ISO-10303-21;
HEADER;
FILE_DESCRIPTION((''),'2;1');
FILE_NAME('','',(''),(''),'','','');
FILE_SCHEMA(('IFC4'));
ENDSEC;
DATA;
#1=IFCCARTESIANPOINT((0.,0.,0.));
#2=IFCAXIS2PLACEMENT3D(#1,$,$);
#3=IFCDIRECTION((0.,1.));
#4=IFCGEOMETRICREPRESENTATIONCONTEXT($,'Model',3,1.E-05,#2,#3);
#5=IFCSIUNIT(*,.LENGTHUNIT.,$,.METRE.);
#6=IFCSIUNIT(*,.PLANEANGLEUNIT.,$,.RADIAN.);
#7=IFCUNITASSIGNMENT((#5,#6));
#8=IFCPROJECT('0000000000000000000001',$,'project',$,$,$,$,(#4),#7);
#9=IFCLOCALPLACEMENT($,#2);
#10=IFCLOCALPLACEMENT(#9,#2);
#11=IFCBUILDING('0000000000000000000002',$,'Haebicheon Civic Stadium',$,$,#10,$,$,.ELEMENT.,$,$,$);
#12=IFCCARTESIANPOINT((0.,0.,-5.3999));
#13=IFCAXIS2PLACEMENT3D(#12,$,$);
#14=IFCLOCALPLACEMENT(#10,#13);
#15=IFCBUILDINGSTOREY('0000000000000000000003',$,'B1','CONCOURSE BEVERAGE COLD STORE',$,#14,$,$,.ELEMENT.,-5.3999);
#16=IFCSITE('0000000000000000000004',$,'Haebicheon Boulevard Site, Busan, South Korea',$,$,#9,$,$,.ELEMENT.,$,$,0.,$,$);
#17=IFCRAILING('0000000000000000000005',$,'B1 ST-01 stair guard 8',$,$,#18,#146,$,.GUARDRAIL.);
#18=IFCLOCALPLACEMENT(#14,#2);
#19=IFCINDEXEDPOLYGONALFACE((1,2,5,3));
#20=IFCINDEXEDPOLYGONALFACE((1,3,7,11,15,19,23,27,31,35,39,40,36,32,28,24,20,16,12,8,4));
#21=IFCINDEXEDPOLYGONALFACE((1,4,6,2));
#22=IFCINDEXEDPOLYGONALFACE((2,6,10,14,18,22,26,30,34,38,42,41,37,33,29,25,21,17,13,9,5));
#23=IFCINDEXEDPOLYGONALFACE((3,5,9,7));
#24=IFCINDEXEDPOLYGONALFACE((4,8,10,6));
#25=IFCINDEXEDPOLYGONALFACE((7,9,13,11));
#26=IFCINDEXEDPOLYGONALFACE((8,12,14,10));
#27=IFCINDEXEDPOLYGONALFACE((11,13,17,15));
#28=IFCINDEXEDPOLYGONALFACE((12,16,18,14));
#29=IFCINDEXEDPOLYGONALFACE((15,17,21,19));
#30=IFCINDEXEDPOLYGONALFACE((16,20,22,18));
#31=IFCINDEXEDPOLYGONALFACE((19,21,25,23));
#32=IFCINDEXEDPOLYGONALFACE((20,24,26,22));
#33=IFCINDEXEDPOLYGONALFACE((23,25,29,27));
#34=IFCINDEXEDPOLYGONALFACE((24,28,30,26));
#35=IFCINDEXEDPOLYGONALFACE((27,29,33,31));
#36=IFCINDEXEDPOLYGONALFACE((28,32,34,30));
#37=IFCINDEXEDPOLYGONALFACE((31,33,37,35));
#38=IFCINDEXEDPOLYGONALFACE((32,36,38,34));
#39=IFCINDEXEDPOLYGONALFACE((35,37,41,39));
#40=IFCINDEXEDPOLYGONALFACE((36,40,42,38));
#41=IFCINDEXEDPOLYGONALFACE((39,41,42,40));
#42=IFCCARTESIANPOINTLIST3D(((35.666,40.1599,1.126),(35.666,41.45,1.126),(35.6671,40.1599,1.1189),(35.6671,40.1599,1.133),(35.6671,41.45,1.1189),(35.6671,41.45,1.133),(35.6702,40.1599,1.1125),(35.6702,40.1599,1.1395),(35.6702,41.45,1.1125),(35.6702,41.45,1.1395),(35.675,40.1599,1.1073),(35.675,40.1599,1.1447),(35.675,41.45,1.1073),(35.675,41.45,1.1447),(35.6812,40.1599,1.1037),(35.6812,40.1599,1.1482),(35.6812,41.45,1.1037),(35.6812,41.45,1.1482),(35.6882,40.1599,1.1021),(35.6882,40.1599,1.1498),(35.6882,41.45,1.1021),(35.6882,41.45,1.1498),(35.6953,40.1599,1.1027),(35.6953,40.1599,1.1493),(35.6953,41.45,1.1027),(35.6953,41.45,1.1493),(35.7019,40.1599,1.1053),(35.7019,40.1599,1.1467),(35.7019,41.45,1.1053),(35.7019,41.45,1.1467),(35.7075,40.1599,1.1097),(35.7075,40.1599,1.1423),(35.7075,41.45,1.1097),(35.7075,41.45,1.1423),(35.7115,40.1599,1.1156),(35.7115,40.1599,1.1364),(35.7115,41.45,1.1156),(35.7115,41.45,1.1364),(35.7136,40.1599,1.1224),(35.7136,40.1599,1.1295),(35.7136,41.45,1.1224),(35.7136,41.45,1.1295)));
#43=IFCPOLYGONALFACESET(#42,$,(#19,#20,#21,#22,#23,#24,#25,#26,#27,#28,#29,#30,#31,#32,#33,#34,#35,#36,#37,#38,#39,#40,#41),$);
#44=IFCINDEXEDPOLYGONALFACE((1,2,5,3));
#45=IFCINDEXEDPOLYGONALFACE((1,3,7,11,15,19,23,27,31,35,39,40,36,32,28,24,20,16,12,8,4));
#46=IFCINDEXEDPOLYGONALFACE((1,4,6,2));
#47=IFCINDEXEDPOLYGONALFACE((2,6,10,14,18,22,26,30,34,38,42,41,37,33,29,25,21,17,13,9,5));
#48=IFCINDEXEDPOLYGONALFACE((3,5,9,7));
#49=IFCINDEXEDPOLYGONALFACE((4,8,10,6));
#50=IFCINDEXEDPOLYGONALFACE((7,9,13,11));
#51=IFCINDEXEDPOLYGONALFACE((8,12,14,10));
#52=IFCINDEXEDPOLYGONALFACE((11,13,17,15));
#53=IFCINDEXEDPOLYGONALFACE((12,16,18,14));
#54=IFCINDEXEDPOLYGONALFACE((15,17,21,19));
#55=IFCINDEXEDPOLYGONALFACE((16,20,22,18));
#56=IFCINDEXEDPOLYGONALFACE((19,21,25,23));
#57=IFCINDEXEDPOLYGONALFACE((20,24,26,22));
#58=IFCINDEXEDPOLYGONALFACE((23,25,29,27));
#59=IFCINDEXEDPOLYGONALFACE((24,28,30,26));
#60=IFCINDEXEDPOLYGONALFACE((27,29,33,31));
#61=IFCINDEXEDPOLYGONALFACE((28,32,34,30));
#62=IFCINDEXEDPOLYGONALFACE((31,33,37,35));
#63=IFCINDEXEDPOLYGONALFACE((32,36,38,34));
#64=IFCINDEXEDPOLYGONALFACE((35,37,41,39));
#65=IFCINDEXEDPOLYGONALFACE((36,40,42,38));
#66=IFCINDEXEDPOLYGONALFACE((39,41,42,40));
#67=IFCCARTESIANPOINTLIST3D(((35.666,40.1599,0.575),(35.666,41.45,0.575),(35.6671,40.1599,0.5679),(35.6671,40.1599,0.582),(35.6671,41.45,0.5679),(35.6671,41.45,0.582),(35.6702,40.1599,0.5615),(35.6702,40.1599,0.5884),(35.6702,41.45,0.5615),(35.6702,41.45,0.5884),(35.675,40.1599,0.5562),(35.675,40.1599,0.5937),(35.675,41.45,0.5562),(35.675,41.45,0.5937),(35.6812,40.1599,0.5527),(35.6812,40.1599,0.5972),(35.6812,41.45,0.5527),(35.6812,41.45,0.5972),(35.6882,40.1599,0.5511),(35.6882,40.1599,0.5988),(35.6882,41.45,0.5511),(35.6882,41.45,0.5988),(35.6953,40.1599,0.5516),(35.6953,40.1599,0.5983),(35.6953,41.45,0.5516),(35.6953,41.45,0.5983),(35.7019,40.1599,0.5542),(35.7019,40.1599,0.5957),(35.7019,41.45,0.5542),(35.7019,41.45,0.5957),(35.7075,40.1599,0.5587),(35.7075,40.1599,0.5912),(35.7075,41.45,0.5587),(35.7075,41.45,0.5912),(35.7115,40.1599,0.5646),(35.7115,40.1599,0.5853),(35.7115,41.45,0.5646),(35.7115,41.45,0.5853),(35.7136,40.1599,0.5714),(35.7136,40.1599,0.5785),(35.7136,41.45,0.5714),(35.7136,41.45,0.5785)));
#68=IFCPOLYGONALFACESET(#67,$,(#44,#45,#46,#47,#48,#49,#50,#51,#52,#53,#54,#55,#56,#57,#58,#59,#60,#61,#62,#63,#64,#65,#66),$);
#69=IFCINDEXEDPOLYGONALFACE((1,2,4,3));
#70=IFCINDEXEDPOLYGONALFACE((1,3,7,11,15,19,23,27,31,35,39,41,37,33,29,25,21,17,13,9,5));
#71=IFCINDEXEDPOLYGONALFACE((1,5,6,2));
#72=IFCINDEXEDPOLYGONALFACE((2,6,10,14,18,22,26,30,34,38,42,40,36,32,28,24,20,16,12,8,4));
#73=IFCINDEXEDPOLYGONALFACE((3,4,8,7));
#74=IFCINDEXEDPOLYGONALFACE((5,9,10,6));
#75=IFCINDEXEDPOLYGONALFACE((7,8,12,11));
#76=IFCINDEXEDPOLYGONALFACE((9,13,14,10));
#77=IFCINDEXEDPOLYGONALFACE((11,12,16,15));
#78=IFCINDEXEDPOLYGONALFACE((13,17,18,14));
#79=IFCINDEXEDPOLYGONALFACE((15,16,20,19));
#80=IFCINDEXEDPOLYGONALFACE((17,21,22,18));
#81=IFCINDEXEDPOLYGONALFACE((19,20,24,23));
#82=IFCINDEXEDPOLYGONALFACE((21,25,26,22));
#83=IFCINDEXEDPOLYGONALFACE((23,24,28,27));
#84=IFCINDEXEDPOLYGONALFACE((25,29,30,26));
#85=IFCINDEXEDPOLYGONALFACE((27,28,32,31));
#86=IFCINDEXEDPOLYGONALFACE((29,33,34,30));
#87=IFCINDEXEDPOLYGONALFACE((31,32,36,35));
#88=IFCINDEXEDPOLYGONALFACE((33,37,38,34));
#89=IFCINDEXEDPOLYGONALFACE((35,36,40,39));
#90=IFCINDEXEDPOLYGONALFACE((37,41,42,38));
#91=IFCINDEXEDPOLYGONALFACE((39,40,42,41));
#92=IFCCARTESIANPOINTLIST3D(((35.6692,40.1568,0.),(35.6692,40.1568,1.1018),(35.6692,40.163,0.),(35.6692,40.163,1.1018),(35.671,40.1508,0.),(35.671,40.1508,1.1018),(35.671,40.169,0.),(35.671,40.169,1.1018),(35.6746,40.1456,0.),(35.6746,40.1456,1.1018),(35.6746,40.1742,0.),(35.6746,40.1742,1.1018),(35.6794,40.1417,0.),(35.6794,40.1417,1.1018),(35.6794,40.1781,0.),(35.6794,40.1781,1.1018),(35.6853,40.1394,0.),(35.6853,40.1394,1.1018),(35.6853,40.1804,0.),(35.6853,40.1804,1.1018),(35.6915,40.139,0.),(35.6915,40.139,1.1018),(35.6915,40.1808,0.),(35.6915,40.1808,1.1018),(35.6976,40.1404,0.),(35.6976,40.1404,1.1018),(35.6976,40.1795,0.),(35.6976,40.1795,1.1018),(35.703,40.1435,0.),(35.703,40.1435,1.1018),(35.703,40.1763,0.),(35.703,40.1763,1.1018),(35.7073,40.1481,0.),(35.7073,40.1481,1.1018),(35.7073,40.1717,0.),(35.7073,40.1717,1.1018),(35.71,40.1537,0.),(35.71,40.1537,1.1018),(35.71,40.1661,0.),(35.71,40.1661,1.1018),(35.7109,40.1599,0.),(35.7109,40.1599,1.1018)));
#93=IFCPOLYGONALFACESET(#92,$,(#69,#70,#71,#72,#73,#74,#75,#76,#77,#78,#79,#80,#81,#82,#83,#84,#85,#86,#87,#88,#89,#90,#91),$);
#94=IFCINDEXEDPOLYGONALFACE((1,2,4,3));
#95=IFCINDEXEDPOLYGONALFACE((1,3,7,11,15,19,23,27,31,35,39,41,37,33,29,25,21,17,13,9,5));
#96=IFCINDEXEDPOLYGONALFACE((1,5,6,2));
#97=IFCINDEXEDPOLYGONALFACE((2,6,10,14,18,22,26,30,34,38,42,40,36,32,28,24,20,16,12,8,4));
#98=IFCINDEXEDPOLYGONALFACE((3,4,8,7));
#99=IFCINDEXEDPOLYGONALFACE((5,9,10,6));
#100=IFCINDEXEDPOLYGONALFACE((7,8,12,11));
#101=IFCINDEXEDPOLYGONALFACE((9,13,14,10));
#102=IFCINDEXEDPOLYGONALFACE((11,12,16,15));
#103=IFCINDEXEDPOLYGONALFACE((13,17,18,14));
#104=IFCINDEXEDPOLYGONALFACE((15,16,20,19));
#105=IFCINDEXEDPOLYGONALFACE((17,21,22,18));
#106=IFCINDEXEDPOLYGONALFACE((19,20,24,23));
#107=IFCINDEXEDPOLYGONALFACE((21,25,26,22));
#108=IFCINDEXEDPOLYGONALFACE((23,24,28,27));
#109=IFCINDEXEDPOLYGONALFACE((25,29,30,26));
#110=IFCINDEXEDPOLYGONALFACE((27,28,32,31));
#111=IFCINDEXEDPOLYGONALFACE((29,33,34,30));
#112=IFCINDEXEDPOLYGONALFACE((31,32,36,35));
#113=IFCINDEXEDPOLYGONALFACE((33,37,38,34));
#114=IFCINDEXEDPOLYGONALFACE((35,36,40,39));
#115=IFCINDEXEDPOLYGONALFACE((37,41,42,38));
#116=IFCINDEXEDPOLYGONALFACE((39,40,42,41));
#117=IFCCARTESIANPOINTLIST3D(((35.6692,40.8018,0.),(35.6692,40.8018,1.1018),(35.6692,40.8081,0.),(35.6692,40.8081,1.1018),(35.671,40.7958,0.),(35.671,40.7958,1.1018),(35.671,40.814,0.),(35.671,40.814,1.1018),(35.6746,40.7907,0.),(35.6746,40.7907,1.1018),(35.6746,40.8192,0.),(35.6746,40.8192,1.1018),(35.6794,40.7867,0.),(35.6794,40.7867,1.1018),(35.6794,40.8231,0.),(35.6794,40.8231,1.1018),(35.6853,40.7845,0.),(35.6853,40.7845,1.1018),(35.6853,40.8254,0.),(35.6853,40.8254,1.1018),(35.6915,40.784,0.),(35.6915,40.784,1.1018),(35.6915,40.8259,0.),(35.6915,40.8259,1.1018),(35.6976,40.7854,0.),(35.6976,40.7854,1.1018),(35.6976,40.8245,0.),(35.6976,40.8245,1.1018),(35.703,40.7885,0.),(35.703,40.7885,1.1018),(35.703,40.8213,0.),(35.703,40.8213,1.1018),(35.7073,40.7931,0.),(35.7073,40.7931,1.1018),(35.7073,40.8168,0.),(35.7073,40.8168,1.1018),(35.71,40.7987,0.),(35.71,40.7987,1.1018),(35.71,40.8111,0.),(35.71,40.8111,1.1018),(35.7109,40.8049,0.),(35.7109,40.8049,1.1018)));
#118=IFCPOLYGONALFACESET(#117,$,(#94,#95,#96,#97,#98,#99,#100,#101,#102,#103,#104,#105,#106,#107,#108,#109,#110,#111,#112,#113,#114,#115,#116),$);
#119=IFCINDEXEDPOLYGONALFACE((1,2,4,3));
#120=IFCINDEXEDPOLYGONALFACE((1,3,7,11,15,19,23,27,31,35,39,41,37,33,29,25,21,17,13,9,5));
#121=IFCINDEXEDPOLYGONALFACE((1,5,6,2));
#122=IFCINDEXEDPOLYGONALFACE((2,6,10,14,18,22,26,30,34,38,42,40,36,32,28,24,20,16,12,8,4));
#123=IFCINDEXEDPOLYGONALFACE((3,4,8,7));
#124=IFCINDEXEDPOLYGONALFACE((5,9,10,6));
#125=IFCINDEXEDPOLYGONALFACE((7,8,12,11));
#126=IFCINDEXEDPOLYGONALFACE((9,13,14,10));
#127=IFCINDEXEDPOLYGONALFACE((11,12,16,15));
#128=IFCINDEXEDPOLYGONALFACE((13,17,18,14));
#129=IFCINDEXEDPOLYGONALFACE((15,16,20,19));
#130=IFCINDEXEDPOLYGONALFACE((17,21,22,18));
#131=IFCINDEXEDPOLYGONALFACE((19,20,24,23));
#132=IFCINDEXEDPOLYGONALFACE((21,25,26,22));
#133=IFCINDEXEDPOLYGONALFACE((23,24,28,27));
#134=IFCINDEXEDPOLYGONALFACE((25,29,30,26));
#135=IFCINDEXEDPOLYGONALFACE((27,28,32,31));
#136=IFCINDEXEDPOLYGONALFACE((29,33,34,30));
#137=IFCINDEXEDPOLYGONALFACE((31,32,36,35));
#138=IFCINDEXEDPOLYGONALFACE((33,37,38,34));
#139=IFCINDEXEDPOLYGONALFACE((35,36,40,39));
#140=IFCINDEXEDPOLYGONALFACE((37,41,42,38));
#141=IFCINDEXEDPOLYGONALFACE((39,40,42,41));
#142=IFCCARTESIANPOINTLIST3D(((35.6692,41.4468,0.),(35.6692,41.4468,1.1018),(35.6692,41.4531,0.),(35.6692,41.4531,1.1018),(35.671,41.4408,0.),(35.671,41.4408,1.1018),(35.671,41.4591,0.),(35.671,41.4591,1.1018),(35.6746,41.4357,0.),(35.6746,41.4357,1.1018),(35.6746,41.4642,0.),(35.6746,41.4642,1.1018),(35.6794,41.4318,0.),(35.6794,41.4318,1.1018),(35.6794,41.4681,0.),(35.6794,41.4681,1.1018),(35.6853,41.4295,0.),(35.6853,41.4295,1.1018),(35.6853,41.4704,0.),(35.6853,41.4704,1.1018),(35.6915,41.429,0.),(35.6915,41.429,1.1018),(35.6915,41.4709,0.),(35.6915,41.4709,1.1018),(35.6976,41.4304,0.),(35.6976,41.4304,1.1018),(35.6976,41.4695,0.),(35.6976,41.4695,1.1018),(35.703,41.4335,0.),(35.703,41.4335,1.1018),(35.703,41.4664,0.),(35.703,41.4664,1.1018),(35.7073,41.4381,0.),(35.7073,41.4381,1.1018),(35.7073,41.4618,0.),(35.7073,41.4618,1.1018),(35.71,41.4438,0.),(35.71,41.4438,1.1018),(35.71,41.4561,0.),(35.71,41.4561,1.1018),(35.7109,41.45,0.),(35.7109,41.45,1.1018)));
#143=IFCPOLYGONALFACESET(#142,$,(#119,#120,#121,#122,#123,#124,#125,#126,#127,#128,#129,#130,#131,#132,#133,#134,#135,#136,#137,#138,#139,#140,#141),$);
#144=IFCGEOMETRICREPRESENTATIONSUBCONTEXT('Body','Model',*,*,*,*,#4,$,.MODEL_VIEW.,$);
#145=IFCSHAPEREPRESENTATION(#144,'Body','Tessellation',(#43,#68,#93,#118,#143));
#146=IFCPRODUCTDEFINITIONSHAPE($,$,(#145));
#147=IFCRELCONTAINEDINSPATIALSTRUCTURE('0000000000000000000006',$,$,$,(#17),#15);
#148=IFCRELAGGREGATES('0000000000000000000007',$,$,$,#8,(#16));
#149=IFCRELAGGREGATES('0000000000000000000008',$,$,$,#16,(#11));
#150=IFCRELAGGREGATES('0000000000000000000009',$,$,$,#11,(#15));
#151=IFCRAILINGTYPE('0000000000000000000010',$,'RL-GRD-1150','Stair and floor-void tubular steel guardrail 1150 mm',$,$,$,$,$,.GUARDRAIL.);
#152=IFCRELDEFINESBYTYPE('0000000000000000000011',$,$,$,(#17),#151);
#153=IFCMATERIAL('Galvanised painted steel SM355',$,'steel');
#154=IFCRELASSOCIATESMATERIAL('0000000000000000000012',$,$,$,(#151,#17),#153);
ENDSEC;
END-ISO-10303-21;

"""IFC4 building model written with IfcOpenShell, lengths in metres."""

from ifc_helpers import new_model, si_unit, direction, frame, origin, origin_2d, place, context, subcontext, project, spatial, circle, extrude, material, type_object, element, save


model = new_model("IFC4")

# Units and contexts
model_context = context("Model", 3, precision=1e-05, world=origin(), true_north=direction((0.0, 1.0)))
body_context = subcontext(model_context, "Body", "Model", "MODEL_VIEW")
ifc_project = project(units=[si_unit("LENGTHUNIT", "METRE"), si_unit("PLANEANGLEUNIT", "RADIAN")], contexts=[model_context])

# Site, building, storey
site_placement = place(None, origin())
site = spatial("IfcSite", under=ifc_project, at=site_placement, Name="Haebicheon Boulevard Site, Busan, South Korea", CompositionType="ELEMENT", RefElevation=0.0)
building_placement = place(site_placement, origin())
building = spatial("IfcBuilding", under=site, at=building_placement, Name="Haebicheon Civic Stadium", CompositionType="ELEMENT")
storey_placement = place(building_placement, frame((0.0, 0.0, -5.3999)))
storey = spatial("IfcBuildingStorey", under=building, at=storey_placement, Name="B1", Description="CONCOURSE BEVERAGE COLD STORE", CompositionType="ELEMENT", Elevation=-5.3999)

# Railing
ifc_material_1 = material(Name="Galvanised painted steel SM355", Category="steel")
railing_type = type_object("IfcRailingType", Name="RL-GRD-1150", Description="Stair and floor-void tubular steel guardrail 1150 mm", PredefinedType="GUARDRAIL", material=ifc_material_1)
for number, where, name in (
    (1, (35.6899, 40.1599, 0.0), "B1 ST-01 stair guard 8"),
):
    element("IfcRailing", number, at=place(storey_placement, frame(where)), inside=storey, type_object=railing_type, material=ifc_material_1, Name=name, PredefinedType="GUARDRAIL", context=body_context, shape_type="SweptSolid", body=[
        extrude(circle(Radius=0.0239, at=origin_2d()), frame((0.0, 0.0, 1.126), z_axis=(0.0, 1.0, 0.0), x_axis=(-1.0, 0.0, 0.0)), (0.0, 0.0, 1.0), 1.29),
        extrude(circle(Radius=0.0239, at=origin_2d()), frame((0.0, 0.0, 0.575), z_axis=(0.0, 1.0, 0.0), x_axis=(-1.0, 0.0, 0.0)), (0.0, 0.0, 1.0), 1.29),
        extrude(circle(Radius=0.021, at=origin_2d()), origin(), (0.0, 0.0, 1.0), 1.1018),
        extrude(circle(Radius=0.021, at=origin_2d()), frame((0.0, 0.645, 0.0)), (0.0, 0.0, 1.0), 1.1018),
        extrude(circle(Radius=0.021, at=origin_2d()), frame((0.0, 1.29, 0.0)), (0.0, 0.0, 1.0), 1.1018),
    ])

save(model, "model.ifc")
